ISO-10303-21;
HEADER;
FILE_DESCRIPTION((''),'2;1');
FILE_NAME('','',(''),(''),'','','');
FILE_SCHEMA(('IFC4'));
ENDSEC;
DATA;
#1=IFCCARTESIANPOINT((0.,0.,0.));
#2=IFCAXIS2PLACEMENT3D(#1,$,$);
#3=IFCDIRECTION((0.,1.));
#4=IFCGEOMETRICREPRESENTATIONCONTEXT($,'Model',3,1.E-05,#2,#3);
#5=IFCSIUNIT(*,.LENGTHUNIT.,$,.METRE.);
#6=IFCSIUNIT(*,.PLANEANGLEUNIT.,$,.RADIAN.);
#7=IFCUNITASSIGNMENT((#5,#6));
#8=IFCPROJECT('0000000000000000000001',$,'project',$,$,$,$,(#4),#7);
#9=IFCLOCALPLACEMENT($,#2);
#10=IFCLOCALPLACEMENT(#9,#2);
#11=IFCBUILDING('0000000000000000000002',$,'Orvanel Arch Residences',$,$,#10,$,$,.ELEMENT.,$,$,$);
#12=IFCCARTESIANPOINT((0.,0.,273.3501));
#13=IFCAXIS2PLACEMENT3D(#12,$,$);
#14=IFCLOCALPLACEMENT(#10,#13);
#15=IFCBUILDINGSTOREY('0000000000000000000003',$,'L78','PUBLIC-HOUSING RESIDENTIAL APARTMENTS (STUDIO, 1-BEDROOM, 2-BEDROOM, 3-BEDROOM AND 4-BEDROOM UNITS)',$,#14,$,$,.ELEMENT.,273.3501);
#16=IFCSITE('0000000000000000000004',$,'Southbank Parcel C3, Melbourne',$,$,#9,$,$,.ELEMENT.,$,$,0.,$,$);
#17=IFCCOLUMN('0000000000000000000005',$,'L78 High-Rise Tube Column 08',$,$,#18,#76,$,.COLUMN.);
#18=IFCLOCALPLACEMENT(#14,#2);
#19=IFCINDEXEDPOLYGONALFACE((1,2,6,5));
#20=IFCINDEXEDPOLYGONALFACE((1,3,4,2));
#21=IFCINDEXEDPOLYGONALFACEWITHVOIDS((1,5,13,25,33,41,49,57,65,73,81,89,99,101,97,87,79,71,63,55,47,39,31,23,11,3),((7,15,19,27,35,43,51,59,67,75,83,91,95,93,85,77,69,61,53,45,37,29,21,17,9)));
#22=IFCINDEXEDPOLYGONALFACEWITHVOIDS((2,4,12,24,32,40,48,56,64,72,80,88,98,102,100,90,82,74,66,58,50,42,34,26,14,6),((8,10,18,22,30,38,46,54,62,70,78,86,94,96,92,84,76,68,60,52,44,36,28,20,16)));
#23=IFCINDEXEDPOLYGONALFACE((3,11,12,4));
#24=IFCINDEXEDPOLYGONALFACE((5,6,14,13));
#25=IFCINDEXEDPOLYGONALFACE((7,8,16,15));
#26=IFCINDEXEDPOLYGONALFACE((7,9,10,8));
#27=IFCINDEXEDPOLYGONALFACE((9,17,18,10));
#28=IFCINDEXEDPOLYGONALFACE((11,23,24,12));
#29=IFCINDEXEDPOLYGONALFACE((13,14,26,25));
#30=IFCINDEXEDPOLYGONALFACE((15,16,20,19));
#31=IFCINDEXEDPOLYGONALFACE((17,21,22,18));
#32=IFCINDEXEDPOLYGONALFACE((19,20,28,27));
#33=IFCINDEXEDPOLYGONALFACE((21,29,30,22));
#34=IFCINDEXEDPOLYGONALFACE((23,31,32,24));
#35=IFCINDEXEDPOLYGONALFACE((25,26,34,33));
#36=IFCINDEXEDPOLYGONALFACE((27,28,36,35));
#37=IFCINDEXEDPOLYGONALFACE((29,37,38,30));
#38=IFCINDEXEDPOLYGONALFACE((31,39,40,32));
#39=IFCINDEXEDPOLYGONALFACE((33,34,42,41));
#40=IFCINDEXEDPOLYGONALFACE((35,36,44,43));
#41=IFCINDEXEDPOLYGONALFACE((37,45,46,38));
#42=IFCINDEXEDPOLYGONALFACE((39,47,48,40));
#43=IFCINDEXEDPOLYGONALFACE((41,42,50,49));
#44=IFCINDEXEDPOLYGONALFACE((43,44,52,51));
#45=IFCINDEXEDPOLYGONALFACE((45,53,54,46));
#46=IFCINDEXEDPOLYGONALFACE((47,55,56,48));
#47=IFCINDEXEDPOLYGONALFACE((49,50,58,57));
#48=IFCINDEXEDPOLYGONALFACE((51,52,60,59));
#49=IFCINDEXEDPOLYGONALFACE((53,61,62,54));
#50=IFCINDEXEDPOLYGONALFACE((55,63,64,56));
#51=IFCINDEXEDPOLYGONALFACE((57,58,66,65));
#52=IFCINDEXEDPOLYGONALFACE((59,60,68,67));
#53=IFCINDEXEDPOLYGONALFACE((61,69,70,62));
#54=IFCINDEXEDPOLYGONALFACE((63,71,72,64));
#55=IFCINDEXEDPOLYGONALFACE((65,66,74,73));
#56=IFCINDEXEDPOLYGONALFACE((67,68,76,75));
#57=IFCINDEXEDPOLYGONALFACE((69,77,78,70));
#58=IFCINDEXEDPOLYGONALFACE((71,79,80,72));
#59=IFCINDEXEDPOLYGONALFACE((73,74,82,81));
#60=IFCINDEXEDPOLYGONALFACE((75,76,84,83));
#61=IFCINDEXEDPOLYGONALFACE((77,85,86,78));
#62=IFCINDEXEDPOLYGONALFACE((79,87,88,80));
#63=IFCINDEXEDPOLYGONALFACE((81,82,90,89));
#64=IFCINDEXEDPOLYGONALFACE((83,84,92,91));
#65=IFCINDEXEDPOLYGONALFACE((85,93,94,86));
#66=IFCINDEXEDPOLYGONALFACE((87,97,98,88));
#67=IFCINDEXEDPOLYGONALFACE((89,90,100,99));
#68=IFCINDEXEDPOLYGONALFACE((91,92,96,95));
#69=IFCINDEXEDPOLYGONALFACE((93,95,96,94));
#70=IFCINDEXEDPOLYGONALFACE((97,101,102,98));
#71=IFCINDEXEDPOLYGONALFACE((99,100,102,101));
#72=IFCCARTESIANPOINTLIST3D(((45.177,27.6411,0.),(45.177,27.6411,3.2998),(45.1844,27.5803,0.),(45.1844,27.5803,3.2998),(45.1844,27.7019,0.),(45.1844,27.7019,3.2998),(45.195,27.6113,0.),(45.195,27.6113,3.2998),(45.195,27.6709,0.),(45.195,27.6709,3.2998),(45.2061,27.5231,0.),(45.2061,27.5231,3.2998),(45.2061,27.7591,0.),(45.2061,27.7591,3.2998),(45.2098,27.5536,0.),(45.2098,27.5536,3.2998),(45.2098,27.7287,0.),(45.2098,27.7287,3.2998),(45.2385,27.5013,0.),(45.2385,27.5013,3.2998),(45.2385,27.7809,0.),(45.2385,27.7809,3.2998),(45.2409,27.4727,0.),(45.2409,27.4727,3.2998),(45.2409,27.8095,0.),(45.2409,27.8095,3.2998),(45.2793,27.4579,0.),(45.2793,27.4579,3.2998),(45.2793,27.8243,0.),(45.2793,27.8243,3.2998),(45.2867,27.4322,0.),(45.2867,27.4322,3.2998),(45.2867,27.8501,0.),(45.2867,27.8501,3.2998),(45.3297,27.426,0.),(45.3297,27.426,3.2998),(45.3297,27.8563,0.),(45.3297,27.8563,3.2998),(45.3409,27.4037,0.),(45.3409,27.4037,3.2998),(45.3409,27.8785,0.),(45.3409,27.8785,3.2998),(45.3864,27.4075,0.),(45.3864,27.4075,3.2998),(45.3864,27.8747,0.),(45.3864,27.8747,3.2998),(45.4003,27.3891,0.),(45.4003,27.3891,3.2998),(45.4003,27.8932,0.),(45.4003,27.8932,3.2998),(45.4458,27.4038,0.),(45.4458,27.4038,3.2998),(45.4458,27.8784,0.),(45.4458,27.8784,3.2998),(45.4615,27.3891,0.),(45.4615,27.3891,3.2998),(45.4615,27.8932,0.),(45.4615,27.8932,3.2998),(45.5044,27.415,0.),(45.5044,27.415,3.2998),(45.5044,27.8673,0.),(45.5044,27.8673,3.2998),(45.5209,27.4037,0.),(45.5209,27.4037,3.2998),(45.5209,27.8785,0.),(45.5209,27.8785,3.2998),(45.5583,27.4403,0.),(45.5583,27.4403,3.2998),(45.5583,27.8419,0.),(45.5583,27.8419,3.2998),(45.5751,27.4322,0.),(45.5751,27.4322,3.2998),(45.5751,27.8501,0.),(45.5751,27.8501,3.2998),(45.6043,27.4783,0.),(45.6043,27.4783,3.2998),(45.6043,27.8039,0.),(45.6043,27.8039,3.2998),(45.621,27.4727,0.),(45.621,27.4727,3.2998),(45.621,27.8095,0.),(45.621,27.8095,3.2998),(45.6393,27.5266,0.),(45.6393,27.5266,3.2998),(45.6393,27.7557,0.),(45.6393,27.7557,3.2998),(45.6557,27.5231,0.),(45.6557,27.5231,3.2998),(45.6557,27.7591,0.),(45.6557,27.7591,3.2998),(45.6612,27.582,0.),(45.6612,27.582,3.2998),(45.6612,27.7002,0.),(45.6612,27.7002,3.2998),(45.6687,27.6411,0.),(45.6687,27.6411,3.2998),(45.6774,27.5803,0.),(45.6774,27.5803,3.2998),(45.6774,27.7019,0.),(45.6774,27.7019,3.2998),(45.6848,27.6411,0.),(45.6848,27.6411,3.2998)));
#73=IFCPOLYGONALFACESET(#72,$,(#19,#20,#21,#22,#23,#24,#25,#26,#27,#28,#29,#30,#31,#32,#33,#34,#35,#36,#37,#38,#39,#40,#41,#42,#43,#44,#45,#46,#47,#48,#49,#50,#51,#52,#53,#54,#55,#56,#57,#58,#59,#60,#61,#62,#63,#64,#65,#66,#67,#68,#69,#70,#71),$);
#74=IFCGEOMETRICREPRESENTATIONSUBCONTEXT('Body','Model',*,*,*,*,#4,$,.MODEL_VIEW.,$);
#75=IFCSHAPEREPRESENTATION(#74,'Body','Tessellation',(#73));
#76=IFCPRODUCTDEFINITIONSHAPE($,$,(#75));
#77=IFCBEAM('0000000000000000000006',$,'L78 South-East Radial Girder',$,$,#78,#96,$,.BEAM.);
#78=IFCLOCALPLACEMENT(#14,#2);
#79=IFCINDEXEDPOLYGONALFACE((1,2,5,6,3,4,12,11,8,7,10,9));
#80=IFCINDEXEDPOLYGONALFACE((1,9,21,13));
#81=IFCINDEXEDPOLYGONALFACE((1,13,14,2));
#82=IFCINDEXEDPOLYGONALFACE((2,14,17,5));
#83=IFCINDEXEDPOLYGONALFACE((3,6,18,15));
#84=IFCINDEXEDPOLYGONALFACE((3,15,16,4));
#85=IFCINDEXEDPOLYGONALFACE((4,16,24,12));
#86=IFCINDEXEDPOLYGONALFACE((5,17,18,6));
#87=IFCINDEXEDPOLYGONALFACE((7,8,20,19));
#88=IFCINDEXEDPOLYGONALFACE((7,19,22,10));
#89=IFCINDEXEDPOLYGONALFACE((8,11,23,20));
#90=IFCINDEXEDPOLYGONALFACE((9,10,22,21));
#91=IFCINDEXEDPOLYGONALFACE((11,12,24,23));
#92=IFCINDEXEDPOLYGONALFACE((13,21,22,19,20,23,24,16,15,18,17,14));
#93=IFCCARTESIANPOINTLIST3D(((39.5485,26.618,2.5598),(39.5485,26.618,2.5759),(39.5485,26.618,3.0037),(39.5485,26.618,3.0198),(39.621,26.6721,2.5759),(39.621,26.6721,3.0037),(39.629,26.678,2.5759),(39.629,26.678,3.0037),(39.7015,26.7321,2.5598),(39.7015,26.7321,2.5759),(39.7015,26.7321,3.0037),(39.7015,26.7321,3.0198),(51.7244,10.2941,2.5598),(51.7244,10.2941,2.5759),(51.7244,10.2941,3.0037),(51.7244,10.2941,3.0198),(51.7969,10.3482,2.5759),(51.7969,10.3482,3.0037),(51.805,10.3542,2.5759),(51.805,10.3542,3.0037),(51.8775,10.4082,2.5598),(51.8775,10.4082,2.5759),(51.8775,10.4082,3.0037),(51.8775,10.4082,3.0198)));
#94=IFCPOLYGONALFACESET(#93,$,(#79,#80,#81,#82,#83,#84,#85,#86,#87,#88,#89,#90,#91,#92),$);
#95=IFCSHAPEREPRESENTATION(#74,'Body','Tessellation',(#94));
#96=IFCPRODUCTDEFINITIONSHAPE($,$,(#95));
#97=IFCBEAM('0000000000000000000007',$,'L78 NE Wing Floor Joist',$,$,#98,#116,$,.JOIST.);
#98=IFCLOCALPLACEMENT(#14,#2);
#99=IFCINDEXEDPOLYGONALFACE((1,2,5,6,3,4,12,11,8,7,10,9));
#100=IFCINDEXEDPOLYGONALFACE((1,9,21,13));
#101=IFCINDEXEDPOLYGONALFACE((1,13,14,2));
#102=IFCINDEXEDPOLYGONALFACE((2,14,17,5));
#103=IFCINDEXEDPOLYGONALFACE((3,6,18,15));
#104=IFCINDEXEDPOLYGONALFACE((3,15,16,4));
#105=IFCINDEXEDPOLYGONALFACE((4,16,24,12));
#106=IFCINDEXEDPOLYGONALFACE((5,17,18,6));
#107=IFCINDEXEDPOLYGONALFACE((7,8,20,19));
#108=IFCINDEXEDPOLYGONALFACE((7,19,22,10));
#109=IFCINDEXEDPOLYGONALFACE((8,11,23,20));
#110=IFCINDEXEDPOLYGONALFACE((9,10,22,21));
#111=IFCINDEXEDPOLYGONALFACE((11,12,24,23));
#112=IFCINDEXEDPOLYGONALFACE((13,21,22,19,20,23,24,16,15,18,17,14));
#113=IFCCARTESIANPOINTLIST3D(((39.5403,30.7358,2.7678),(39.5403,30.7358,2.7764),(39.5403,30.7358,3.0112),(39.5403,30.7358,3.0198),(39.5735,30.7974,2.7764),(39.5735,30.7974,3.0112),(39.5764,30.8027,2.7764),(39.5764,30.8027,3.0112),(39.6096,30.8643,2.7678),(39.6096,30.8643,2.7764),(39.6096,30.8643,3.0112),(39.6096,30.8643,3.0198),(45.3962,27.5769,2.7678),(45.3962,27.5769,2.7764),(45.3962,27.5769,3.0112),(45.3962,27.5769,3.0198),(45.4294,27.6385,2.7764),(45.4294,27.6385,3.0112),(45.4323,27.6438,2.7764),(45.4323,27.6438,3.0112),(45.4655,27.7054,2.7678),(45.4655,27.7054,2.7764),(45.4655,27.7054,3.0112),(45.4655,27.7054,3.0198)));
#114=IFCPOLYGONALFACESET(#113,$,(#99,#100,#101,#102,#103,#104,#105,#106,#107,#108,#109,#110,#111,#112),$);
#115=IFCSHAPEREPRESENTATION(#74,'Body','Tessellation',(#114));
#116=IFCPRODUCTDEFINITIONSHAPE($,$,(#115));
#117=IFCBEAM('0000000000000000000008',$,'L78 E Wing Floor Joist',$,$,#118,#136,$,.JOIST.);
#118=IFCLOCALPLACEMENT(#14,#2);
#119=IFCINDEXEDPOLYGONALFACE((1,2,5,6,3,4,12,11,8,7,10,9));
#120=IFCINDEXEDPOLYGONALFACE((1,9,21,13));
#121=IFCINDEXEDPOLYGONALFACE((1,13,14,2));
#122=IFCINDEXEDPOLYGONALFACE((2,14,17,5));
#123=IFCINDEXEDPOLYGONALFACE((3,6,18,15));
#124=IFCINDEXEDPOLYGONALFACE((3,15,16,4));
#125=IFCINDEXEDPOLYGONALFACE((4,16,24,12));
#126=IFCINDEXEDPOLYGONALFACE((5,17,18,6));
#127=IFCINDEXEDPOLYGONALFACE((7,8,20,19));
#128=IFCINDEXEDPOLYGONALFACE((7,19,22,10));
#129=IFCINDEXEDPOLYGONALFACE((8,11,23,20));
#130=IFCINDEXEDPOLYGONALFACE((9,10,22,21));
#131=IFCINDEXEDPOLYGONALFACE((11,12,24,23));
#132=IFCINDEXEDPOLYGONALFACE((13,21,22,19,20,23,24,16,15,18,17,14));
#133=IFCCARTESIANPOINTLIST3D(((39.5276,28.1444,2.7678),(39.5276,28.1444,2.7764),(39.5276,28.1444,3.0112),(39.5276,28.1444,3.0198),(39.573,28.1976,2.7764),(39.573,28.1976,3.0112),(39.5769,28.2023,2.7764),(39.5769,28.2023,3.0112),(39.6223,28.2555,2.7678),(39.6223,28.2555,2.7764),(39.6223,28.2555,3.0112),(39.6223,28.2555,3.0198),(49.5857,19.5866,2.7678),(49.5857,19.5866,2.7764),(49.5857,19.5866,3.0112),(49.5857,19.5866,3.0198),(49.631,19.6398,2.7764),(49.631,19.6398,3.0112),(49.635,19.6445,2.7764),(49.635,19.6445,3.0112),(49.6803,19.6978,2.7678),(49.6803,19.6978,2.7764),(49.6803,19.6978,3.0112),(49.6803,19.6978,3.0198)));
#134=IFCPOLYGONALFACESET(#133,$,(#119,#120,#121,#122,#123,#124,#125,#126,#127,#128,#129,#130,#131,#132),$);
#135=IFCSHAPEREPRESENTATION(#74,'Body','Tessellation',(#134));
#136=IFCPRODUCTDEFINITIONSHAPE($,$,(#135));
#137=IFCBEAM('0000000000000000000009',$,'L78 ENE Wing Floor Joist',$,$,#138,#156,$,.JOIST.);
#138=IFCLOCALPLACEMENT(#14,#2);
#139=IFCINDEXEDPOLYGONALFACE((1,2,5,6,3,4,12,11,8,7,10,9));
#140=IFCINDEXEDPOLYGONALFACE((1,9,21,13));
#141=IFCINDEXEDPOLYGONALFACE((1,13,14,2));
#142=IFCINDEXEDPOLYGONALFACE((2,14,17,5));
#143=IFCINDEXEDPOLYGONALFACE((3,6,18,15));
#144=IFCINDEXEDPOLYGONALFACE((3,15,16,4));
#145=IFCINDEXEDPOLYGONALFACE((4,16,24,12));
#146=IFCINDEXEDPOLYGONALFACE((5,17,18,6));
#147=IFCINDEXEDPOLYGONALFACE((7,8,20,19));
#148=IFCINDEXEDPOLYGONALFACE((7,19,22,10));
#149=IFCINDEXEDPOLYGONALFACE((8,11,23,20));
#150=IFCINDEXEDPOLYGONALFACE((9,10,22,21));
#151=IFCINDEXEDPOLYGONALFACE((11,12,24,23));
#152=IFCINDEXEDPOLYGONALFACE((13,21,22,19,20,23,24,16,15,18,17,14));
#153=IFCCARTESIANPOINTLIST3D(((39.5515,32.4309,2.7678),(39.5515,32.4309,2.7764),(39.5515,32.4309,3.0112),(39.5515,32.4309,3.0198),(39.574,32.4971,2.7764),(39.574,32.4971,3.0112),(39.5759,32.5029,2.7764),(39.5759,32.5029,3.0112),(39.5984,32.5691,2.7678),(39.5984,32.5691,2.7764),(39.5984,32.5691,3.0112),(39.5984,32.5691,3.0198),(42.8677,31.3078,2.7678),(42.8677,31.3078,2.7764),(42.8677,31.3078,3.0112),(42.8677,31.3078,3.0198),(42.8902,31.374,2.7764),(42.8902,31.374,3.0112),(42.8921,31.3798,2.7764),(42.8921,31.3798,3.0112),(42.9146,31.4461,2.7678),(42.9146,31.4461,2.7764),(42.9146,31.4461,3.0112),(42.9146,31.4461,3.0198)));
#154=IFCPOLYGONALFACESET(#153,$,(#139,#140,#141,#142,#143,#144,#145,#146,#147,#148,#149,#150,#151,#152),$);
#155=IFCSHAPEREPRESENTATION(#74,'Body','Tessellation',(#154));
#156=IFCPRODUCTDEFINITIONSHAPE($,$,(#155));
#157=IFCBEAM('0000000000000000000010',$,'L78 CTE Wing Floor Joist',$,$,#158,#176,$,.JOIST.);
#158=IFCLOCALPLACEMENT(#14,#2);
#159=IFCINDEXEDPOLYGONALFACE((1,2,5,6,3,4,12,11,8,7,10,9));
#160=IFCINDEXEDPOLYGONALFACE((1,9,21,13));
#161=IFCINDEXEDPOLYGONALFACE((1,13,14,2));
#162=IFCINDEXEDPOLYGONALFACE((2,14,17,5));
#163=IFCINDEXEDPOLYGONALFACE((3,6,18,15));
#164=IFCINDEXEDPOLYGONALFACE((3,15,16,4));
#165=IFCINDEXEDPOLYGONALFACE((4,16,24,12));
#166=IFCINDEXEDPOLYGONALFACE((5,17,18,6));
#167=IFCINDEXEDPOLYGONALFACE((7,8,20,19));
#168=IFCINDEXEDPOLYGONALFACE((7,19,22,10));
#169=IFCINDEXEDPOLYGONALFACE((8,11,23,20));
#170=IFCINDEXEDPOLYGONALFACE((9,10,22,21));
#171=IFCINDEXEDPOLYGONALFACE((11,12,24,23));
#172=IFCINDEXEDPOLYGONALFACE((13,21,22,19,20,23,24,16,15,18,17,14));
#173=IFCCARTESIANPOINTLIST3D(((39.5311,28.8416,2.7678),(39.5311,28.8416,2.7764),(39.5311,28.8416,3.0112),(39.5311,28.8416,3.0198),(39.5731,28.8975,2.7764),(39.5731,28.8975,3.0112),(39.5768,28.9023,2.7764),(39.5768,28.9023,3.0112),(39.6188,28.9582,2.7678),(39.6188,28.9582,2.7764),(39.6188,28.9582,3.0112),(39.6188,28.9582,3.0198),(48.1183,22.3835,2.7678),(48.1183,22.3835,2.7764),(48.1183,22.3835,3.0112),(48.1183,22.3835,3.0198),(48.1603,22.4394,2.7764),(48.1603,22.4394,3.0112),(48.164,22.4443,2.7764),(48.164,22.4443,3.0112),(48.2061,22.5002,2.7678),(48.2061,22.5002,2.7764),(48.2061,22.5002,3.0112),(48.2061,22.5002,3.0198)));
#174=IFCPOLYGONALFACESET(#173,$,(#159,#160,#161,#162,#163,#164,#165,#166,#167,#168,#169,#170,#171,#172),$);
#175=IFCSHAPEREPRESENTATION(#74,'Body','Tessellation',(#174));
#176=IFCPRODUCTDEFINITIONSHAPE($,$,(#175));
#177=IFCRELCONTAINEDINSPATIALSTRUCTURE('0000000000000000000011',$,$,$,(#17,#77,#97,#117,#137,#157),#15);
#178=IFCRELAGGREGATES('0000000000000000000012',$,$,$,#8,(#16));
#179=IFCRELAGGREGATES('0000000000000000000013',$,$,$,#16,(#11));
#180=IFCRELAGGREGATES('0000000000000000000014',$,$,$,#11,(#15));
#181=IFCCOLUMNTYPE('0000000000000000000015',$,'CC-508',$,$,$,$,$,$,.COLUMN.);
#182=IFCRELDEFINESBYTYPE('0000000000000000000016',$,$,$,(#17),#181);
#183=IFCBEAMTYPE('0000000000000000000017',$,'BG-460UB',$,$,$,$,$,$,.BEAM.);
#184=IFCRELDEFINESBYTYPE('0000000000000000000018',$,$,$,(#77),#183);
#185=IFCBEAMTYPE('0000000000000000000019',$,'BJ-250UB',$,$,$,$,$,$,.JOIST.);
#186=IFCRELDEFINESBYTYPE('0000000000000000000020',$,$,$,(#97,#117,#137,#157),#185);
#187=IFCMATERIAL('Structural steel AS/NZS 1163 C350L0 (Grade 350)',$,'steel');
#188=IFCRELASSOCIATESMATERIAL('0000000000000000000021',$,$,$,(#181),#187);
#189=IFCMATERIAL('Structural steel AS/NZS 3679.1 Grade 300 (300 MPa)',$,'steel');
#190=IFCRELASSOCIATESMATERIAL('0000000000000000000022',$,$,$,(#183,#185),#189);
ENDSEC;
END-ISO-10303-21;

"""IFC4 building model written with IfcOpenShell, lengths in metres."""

from ifc_helpers import new_model, si_unit, direction, frame, origin, origin_2d, place, context, subcontext, project, spatial, hollow_circle, i_section, extrude, material, material_profile, profile_set, type_object, element, save


model = new_model("IFC4")

# Units and contexts
model_context = context("Model", 3, precision=1e-05, world=origin(), true_north=direction((0.0, 1.0)))
body_context = subcontext(model_context, "Body", "Model", "MODEL_VIEW")
ifc_project = project(units=[si_unit("LENGTHUNIT", "METRE"), si_unit("PLANEANGLEUNIT", "RADIAN")], contexts=[model_context])

# Site, building, storey
site_placement = place(None, origin())
site = spatial("IfcSite", under=ifc_project, at=site_placement, Name="Southbank Parcel C3, Melbourne", CompositionType="ELEMENT", RefElevation=0.0)
building_placement = place(site_placement, origin())
building = spatial("IfcBuilding", under=site, at=building_placement, Name="Orvanel Arch Residences", CompositionType="ELEMENT")
storey_placement = place(building_placement, frame((0.0, 0.0, 273.3501)))
storey = spatial("IfcBuildingStorey", under=building, at=storey_placement, Name="L78", Description="PUBLIC-HOUSING RESIDENTIAL APARTMENTS (STUDIO, 1-BEDROOM, 2-BEDROOM, 3-BEDROOM AND 4-BEDROOM UNITS)", CompositionType="ELEMENT", Elevation=273.3501)

# Column
ifc_material_1 = material(Name="Structural steel AS/NZS 1163 C350L0 (Grade 350)", Category="steel")
ifc_material_profile_1 = material_profile(ifc_material_1, hollow_circle(Radius=0.2539, WallThickness=0.0161, at=origin_2d()), Name="CHS508x16")
ifc_profile_set_1 = profile_set([ifc_material_profile_1], Name="Structural steel AS/NZS 1163 C350L0 (Grade 350)")
column_type = type_object("IfcColumnType", Name="CC-508", PredefinedType="COLUMN", material=ifc_profile_set_1)
column_placement = place(storey_placement, frame((45.4309, 27.6411, 0.0), z_axis=(0.0, 0.0, 1.0), x_axis=(1.0, 0.0, 0.0)))
element("IfcColumn", 1, at=column_placement, inside=storey, type_object=column_type, Name="L78 High-Rise Tube Column 08", PredefinedType="COLUMN", context=body_context, shape_type="SweptSolid", body=[
    extrude(hollow_circle(Radius=0.2539, WallThickness=0.0161, at=origin_2d()), origin(), (0.0, 0.0, 1.0), 3.2998),
])

# Beams
ifc_material_2 = material(Name="Structural steel AS/NZS 3679.1 Grade 300 (300 MPa)", Category="steel")
ifc_material_profile_2 = material_profile(ifc_material_2, i_section(OverallWidth=0.1909, OverallDepth=0.46, WebThickness=0.01, FlangeThickness=0.0161, at=origin_2d()), Name="460UB82.1")
ifc_profile_set_2 = profile_set([ifc_material_profile_2], Name="Structural steel AS/NZS 3679.1 Grade 300 (300 MPa)")
beam_type_1 = type_object("IfcBeamType", Name="BG-460UB", PredefinedType="BEAM", material=ifc_profile_set_2)
beam_1_placement = place(storey_placement, frame((39.625, 26.675, 2.7898), z_axis=(0.597894, -0.801575, 0.0), x_axis=(0.801575, 0.597894, 0.0)))
element("IfcBeam", 2, at=beam_1_placement, inside=storey, type_object=beam_type_1, Name="L78 South-East Radial Girder", PredefinedType="BEAM", context=body_context, shape_type="SweptSolid", body=[
    extrude(i_section(OverallWidth=0.1909, OverallDepth=0.46, WebThickness=0.01, FlangeThickness=0.0161, at=origin_2d()), origin(), (0.0, 0.0, 1.0), 20.3647),
])
ifc_material_profile_3 = material_profile(ifc_material_2, i_section(OverallWidth=0.146, OverallDepth=0.252, WebThickness=0.0061, FlangeThickness=0.0085, at=origin_2d()), Name="250UB31.4")
ifc_profile_set_3 = profile_set([ifc_material_profile_3], Name="Structural steel AS/NZS 3679.1 Grade 300 (300 MPa)")
beam_type_2 = type_object("IfcBeamType", Name="BJ-250UB", PredefinedType="JOIST", material=ifc_profile_set_3)
beam_2_placement = place(storey_placement, frame((39.575, 30.8, 2.8938), z_axis=(0.880111, -0.474767, 0.0), x_axis=(0.474767, 0.880111, 0.0)))
element("IfcBeam", 3, at=beam_2_placement, inside=storey, type_object=beam_type_2, Name="L78 NE Wing Floor Joist", PredefinedType="JOIST", context=body_context, shape_type="SweptSolid", body=[
    extrude(i_section(OverallWidth=0.146, OverallDepth=0.252, WebThickness=0.0061, FlangeThickness=0.0085, at=origin_2d()), origin(), (0.0, 0.0, 1.0), 6.6536),
])
beam_3_placement = place(storey_placement, frame((39.575, 28.2, 2.8938), z_axis=(0.761623, -0.648021, 0.0), x_axis=(0.648021, 0.761623, 0.0)))
element("IfcBeam", 4, at=beam_3_placement, inside=storey, type_object=beam_type_2, Name="L78 E Wing Floor Joist", PredefinedType="JOIST", context=body_context, shape_type="SweptSolid", body=[
    extrude(i_section(OverallWidth=0.146, OverallDepth=0.252, WebThickness=0.0061, FlangeThickness=0.0085, at=origin_2d()), origin(), (0.0, 0.0, 1.0), 13.2061),
])
beam_4_placement = place(storey_placement, frame((39.575, 32.5, 2.8938), z_axis=(0.947159, -0.320764, 0.0), x_axis=(0.320764, 0.947159, 0.0)))
element("IfcBeam", 5, at=beam_4_placement, inside=storey, type_object=beam_type_2, Name="L78 ENE Wing Floor Joist", PredefinedType="JOIST", context=body_context, shape_type="SweptSolid", body=[
    extrude(i_section(OverallWidth=0.146, OverallDepth=0.252, WebThickness=0.0061, FlangeThickness=0.0085, at=origin_2d()), origin(), (0.0, 0.0, 1.0), 3.5012),
])
beam_5_placement = place(storey_placement, frame((39.575, 28.8999, 2.8938), z_axis=(0.799211, -0.60105, 0.0), x_axis=(0.60105, 0.799211, 0.0)))
element("IfcBeam", 6, at=beam_5_placement, inside=storey, type_object=beam_type_2, Name="L78 CTE Wing Floor Joist", PredefinedType="JOIST", context=body_context, shape_type="SweptSolid", body=[
    extrude(i_section(OverallWidth=0.146, OverallDepth=0.252, WebThickness=0.0061, FlangeThickness=0.0085, at=origin_2d()), origin(), (0.0, 0.0, 1.0), 10.7446),
])

save(model, "model.ifc")
